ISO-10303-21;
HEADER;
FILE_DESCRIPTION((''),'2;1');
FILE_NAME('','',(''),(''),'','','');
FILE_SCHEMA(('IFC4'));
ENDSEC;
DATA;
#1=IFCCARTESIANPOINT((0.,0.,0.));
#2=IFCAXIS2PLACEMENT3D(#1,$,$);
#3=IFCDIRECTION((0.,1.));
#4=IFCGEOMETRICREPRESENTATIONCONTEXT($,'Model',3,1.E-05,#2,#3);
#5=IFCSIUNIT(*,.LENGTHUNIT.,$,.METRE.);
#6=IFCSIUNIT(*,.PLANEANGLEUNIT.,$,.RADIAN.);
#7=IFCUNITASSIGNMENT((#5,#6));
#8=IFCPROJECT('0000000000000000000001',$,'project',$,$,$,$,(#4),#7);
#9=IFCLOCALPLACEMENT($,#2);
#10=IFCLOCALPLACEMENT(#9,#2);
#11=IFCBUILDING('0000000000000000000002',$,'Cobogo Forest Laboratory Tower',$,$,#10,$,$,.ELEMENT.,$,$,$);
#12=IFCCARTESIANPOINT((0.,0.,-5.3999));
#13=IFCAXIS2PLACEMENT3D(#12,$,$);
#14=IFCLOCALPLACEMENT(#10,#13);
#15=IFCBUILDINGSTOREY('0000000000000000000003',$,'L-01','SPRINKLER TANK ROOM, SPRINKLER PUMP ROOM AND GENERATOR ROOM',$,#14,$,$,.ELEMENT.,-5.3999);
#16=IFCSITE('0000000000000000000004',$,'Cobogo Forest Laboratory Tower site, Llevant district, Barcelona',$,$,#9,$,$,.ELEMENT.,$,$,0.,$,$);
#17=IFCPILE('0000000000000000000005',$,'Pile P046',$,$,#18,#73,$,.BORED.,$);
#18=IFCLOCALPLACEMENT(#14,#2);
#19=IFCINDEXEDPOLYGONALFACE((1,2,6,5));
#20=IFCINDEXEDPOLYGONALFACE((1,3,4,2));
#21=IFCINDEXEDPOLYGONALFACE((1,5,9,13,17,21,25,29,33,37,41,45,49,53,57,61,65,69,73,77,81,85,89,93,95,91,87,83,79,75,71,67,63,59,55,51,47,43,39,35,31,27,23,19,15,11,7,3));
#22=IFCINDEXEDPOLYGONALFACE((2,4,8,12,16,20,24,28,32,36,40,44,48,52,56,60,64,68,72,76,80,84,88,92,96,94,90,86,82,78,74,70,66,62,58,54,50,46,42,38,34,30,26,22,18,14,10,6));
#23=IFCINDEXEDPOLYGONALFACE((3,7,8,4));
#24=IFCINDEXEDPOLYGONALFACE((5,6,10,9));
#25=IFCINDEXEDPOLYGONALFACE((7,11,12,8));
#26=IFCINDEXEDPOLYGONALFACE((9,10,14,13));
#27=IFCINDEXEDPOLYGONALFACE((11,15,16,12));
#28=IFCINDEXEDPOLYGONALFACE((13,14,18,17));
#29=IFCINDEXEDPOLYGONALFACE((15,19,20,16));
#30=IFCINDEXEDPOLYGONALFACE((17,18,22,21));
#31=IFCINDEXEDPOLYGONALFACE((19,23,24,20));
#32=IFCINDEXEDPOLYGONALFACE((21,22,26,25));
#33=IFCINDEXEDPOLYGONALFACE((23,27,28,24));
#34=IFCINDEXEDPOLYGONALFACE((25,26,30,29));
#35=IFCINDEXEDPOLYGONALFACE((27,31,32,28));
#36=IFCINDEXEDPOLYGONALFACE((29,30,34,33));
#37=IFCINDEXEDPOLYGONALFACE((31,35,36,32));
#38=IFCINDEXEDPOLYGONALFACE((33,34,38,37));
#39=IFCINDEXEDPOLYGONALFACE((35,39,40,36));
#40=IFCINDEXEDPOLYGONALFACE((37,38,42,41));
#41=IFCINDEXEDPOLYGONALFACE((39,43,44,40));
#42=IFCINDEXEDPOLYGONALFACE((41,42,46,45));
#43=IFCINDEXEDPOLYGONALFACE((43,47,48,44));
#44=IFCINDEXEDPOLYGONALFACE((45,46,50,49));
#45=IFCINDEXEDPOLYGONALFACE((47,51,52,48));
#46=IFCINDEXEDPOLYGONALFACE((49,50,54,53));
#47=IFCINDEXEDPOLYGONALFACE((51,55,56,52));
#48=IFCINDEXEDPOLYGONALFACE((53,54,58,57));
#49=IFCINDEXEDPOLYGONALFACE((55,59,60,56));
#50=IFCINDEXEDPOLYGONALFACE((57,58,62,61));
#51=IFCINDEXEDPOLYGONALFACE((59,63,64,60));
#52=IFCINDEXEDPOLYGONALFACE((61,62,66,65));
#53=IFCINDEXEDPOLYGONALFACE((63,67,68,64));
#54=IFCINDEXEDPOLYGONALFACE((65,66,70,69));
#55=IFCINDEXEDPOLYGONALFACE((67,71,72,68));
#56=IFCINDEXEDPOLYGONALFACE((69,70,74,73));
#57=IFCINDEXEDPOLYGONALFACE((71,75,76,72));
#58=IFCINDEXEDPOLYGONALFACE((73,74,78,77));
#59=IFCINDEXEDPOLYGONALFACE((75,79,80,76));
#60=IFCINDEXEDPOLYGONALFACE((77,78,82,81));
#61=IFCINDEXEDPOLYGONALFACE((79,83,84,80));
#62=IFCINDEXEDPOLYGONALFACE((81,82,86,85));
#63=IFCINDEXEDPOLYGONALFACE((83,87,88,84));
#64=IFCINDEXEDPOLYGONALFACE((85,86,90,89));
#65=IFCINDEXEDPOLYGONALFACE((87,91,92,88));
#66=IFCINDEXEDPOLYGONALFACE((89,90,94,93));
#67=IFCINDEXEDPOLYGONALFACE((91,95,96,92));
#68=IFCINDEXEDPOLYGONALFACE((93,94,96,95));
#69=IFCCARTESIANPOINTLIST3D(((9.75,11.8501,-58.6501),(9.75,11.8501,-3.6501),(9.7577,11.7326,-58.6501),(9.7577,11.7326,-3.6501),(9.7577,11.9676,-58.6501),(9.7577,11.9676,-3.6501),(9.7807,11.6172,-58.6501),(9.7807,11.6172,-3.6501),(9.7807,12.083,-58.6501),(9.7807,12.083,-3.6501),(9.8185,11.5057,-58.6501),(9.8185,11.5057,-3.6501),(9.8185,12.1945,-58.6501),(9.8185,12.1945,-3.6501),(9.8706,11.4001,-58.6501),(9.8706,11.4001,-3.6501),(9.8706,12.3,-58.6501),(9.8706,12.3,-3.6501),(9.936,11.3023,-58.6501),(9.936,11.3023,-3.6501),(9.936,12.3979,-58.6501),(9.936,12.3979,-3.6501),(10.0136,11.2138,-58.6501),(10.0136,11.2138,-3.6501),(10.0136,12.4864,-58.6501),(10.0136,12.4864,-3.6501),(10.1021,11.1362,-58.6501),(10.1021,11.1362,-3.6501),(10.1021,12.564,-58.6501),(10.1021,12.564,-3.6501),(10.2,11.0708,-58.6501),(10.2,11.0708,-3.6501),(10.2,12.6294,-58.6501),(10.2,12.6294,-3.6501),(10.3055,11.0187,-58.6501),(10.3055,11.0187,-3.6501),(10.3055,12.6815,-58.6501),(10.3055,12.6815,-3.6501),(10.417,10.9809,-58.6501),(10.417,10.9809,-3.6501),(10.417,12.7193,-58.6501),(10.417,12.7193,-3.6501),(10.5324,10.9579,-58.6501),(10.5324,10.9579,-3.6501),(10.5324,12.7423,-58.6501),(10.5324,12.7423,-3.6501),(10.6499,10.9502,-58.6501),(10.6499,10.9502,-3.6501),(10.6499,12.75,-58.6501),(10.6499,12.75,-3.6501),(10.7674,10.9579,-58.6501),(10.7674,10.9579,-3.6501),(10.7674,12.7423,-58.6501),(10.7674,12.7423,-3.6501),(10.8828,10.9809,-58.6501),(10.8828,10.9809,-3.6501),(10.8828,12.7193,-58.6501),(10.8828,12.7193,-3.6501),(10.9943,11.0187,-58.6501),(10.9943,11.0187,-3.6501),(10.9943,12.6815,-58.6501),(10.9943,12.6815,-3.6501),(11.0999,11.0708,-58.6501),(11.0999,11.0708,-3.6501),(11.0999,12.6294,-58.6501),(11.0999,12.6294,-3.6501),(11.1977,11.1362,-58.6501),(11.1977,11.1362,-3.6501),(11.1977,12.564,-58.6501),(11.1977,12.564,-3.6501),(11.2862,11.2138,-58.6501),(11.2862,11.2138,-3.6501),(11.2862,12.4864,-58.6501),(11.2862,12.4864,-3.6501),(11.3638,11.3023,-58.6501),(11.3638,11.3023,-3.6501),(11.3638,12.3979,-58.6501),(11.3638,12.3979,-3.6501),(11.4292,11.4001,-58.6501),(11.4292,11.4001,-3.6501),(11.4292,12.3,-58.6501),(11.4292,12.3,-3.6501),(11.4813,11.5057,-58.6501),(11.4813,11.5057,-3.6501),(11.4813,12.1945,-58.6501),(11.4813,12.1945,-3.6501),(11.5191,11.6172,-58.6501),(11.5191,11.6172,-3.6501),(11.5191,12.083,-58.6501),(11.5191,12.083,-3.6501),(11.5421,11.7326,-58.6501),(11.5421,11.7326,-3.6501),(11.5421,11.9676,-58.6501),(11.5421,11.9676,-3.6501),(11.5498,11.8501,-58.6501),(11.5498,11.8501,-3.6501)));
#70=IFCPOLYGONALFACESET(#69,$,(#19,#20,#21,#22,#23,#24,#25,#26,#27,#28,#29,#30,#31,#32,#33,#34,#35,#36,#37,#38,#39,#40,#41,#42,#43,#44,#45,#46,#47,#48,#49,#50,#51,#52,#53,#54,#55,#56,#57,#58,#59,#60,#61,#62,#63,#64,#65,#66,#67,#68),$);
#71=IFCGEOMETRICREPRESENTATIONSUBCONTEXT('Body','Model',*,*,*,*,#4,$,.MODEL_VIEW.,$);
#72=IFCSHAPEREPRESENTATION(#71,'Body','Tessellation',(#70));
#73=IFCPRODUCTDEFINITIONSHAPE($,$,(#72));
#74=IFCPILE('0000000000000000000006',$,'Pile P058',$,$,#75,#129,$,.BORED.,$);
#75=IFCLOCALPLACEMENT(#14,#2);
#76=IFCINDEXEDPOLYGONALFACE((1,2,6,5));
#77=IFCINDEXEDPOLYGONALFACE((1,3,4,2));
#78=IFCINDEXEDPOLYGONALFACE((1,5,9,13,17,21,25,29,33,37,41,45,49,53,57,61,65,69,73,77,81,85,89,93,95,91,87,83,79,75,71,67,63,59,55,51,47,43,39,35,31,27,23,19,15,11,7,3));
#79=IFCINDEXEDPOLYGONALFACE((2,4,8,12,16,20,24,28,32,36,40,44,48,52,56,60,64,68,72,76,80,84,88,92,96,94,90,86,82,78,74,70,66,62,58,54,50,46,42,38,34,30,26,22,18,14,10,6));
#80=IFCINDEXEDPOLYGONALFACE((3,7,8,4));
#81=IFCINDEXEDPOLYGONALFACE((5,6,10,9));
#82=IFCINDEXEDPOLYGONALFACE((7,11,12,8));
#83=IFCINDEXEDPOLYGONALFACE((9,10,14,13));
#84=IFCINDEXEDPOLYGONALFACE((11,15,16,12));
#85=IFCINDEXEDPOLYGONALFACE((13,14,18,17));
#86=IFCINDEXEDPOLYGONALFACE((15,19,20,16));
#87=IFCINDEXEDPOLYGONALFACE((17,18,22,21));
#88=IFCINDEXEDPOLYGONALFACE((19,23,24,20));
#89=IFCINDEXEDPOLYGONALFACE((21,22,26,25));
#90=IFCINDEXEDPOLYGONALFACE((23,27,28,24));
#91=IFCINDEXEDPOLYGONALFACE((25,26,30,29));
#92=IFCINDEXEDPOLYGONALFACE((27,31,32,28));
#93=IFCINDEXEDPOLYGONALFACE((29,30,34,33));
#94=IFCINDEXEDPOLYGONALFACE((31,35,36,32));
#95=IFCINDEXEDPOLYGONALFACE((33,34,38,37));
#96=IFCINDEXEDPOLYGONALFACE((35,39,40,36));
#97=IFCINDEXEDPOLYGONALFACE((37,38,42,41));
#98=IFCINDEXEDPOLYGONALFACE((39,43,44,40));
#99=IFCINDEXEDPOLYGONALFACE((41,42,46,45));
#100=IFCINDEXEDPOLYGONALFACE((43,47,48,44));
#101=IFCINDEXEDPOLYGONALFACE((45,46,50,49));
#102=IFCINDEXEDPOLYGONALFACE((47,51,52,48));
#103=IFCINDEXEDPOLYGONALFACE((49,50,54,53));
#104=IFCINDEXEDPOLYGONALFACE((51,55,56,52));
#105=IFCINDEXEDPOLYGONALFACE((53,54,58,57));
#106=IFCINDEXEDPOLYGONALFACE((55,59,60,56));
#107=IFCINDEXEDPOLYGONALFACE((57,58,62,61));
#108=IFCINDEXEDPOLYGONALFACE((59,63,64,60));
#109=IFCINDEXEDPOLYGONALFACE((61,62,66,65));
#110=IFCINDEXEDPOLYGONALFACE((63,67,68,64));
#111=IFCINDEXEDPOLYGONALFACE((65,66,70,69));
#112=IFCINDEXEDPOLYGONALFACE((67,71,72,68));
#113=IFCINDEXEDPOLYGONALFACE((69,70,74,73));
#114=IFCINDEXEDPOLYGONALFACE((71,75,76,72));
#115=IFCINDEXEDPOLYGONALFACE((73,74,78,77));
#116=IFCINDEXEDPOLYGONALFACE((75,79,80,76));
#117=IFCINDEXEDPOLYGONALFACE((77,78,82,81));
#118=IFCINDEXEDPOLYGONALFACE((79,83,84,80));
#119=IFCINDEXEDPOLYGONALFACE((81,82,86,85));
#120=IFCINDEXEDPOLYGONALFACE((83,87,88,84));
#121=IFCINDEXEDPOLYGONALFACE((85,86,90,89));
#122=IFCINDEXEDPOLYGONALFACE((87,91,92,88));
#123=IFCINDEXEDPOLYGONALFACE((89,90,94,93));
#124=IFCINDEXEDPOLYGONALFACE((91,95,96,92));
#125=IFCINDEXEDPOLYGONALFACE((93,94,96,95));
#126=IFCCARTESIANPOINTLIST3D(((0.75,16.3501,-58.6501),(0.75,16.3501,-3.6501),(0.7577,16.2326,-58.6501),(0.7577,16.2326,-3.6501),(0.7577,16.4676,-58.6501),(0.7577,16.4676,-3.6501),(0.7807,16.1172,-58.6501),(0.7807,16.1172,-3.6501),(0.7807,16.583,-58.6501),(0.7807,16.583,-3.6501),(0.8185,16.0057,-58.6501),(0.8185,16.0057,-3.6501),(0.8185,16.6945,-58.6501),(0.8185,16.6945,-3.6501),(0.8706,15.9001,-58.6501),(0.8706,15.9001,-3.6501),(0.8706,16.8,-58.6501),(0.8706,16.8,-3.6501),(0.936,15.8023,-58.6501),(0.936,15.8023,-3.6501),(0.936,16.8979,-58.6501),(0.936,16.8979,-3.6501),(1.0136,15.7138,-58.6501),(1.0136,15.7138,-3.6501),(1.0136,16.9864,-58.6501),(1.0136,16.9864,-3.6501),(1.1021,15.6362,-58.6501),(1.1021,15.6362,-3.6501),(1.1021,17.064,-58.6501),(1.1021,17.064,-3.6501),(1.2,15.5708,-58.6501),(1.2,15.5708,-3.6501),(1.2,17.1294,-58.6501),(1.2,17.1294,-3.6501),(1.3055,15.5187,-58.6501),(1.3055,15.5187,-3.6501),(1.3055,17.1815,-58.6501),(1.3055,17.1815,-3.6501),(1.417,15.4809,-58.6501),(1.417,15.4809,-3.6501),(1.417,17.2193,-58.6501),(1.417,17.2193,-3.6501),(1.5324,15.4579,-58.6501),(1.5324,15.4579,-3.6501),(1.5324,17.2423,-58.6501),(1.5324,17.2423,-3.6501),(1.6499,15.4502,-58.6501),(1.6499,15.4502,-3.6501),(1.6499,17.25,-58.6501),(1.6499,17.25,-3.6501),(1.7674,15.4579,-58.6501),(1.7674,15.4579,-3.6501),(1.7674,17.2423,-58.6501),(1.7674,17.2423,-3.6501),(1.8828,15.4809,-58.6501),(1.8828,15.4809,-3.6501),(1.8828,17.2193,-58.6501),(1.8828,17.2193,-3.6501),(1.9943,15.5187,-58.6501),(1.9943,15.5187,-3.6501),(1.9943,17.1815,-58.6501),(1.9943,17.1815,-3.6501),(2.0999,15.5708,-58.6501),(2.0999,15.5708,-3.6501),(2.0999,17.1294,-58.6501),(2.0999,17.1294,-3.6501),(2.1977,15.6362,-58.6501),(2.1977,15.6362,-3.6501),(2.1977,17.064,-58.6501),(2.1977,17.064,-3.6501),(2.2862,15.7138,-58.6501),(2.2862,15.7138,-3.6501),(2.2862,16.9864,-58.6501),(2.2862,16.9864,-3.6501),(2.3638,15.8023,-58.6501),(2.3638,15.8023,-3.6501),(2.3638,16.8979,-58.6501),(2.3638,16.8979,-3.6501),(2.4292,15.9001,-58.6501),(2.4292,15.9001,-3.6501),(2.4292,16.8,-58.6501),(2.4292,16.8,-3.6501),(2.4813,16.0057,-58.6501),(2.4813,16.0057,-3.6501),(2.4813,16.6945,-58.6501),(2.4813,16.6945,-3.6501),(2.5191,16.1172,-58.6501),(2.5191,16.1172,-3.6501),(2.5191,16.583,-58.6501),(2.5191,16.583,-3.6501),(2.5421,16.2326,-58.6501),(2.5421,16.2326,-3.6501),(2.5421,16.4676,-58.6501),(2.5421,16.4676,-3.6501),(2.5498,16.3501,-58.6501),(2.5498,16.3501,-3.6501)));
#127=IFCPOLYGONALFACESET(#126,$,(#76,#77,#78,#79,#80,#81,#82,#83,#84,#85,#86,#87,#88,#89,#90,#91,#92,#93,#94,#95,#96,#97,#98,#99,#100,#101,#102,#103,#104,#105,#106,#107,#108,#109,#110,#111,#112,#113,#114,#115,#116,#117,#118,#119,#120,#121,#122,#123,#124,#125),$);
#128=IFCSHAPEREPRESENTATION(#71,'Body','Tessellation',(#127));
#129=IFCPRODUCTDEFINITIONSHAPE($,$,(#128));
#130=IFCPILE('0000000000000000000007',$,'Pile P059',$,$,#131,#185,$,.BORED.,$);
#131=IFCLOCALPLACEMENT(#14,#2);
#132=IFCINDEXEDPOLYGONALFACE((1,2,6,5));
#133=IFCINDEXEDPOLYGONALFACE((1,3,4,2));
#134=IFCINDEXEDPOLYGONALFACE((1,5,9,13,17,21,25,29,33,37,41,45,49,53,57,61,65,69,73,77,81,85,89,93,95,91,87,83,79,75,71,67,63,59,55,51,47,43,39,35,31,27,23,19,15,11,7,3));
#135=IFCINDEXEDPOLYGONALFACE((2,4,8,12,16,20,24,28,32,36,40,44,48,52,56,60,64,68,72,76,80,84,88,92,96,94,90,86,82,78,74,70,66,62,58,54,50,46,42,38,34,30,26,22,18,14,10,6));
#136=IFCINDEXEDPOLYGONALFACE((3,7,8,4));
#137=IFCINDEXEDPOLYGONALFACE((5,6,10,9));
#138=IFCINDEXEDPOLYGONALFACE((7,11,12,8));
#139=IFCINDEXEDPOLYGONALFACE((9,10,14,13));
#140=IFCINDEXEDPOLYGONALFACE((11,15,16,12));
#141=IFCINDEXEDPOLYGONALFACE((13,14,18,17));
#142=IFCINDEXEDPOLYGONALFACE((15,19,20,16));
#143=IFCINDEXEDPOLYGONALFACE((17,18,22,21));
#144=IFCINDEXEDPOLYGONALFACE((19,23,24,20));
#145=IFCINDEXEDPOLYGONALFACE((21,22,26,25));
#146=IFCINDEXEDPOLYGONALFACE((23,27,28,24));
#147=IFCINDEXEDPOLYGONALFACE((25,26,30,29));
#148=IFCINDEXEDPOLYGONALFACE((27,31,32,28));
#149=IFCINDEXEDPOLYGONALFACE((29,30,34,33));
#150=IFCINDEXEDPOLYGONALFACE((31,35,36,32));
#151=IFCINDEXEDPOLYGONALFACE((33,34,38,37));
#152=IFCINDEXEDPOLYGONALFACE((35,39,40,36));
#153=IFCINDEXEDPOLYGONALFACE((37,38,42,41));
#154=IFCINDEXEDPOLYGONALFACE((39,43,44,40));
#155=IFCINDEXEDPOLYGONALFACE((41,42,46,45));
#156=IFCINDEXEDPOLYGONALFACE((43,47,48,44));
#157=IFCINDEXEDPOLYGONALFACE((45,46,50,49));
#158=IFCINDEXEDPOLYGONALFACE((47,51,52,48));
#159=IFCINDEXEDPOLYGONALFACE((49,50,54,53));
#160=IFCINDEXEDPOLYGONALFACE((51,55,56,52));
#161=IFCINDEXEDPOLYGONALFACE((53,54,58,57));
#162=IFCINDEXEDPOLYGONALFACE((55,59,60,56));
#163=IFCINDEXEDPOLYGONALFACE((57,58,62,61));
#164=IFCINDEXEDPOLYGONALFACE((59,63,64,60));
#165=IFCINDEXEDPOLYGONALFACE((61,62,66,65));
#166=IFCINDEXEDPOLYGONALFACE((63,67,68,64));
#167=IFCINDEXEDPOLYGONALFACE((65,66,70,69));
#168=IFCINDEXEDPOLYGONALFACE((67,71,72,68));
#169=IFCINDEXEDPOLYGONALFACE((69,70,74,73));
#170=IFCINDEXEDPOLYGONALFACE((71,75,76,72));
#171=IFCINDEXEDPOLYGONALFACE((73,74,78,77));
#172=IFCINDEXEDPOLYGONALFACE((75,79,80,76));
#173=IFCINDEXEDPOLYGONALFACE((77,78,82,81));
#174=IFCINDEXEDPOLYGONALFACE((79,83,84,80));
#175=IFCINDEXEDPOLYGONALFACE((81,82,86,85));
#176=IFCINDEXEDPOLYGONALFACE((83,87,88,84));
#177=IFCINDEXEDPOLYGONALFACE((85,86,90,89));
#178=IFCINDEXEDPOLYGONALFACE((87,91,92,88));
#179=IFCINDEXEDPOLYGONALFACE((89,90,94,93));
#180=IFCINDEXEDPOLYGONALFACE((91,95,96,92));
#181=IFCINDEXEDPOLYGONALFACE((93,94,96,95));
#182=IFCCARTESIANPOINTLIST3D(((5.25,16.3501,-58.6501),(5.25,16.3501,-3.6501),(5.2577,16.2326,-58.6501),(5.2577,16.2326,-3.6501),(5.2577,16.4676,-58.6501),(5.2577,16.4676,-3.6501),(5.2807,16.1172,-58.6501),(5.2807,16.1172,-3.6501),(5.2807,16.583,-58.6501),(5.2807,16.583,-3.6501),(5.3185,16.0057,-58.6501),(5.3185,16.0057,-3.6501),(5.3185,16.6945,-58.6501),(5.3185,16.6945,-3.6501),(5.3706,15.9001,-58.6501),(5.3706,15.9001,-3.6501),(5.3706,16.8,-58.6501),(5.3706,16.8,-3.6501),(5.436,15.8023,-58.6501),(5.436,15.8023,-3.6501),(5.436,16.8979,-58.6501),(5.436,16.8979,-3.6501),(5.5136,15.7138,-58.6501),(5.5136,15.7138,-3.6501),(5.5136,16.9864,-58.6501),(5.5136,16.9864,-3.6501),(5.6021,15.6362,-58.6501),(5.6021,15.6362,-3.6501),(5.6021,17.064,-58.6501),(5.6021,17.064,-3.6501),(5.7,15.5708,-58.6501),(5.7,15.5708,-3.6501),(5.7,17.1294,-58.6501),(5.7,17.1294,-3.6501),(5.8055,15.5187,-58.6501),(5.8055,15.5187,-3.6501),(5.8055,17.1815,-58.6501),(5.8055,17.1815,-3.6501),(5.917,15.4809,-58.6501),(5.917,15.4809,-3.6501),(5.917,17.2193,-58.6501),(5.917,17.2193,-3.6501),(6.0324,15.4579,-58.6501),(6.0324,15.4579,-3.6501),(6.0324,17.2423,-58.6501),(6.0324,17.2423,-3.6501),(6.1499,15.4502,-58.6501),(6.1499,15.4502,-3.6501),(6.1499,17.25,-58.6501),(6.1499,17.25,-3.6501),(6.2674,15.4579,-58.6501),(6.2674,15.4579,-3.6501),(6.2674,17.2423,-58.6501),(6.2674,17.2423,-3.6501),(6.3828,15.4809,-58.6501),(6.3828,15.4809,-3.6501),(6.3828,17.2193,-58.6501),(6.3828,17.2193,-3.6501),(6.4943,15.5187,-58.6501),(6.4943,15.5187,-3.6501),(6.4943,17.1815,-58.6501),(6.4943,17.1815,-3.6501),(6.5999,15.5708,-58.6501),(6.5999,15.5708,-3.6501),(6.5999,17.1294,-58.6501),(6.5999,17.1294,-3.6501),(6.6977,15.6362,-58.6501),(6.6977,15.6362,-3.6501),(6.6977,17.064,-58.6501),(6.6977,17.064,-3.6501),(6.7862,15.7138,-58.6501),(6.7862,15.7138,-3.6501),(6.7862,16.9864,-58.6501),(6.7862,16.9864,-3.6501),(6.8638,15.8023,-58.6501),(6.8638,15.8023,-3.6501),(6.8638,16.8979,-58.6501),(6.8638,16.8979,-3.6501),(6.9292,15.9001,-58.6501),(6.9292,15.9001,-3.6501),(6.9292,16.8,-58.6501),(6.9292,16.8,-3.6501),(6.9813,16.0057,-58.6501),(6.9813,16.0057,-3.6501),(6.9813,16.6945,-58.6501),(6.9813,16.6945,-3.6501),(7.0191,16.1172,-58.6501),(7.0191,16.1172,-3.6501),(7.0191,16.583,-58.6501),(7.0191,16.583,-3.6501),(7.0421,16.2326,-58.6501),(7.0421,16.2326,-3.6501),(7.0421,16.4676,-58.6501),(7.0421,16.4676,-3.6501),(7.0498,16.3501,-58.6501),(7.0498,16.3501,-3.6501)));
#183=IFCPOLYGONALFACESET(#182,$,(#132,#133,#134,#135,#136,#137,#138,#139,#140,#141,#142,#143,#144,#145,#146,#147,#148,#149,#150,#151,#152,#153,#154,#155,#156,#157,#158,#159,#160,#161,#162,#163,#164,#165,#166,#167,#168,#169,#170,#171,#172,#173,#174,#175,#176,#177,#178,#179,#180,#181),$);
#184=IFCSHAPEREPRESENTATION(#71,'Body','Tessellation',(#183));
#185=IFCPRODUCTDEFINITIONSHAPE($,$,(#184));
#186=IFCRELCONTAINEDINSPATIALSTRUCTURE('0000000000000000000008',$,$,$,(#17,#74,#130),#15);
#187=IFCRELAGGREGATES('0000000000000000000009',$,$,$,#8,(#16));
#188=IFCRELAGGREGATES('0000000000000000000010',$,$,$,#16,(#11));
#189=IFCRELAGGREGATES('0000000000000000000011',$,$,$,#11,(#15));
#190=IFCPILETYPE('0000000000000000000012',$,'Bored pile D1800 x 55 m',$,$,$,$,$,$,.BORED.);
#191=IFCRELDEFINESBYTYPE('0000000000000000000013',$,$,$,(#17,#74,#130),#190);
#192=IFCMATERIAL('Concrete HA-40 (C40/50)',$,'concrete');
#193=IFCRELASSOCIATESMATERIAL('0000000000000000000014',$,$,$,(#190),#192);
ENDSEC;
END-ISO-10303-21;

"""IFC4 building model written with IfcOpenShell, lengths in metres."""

from ifc_helpers import new_model, si_unit, direction, frame, origin, origin_2d, place, context, subcontext, project, spatial, circle, extrude, material, material_profile, profile_set, type_object, element, save


model = new_model("IFC4")

# Units and contexts
model_context = context("Model", 3, precision=1e-05, world=origin(), true_north=direction((0.0, 1.0)))
body_context = subcontext(model_context, "Body", "Model", "MODEL_VIEW")
ifc_project = project(units=[si_unit("LENGTHUNIT", "METRE"), si_unit("PLANEANGLEUNIT", "RADIAN")], contexts=[model_context])

# Site, building, storey
site_placement = place(None, origin())
site = spatial("IfcSite", under=ifc_project, at=site_placement, Name="Cobogo Forest Laboratory Tower site, Llevant district, Barcelona", CompositionType="ELEMENT", RefElevation=0.0)
building_placement = place(site_placement, origin())
building = spatial("IfcBuilding", under=site, at=building_placement, Name="Cobogo Forest Laboratory Tower", CompositionType="ELEMENT")
storey_placement = place(building_placement, frame((0.0, 0.0, -5.3999)))
storey = spatial("IfcBuildingStorey", under=building, at=storey_placement, Name="L-01", Description="SPRINKLER TANK ROOM, SPRINKLER PUMP ROOM AND GENERATOR ROOM", CompositionType="ELEMENT", Elevation=-5.3999)

# Piles
ifc_material_1 = material(Name="Concrete HA-40 (C40/50)", Category="concrete")
ifc_material_profile_1 = material_profile(ifc_material_1, circle(Radius=0.8999, at=origin_2d()), Name="PILE D1800")
ifc_profile_set_1 = profile_set([ifc_material_profile_1], Name="Concrete HA-40 (C40/50)")
pile_type_1 = type_object("IfcPileType", Name="Bored pile D1800 x 55 m", PredefinedType="BORED", material=ifc_profile_set_1)
for number, where, z_axis, x_axis, name in (
    (1, (10.6499, 11.8501, -3.6501), (0.0, 0.0, -1.0), (1.0, 0.0, 0.0), "Pile P046"),
    (2, (1.6499, 16.3501, -3.6501), (0.0, 0.0, -1.0), (1.0, 0.0, 0.0), "Pile P058"),
    (3, (6.1499, 16.3501, -3.6501), (0.0, 0.0, -1.0), (1.0, 0.0, 0.0), "Pile P059"),
):
    element("IfcPile", number, at=place(storey_placement, frame(where, z_axis=z_axis, x_axis=x_axis)), inside=storey, type_object=pile_type_1, Name=name, PredefinedType="BORED", context=body_context, shape_type="SweptSolid", body=[
        extrude(circle(Radius=0.8999, at=origin_2d()), origin(), (0.0, 0.0, 1.0), 55.0),
    ])

save(model, "model.ifc")
